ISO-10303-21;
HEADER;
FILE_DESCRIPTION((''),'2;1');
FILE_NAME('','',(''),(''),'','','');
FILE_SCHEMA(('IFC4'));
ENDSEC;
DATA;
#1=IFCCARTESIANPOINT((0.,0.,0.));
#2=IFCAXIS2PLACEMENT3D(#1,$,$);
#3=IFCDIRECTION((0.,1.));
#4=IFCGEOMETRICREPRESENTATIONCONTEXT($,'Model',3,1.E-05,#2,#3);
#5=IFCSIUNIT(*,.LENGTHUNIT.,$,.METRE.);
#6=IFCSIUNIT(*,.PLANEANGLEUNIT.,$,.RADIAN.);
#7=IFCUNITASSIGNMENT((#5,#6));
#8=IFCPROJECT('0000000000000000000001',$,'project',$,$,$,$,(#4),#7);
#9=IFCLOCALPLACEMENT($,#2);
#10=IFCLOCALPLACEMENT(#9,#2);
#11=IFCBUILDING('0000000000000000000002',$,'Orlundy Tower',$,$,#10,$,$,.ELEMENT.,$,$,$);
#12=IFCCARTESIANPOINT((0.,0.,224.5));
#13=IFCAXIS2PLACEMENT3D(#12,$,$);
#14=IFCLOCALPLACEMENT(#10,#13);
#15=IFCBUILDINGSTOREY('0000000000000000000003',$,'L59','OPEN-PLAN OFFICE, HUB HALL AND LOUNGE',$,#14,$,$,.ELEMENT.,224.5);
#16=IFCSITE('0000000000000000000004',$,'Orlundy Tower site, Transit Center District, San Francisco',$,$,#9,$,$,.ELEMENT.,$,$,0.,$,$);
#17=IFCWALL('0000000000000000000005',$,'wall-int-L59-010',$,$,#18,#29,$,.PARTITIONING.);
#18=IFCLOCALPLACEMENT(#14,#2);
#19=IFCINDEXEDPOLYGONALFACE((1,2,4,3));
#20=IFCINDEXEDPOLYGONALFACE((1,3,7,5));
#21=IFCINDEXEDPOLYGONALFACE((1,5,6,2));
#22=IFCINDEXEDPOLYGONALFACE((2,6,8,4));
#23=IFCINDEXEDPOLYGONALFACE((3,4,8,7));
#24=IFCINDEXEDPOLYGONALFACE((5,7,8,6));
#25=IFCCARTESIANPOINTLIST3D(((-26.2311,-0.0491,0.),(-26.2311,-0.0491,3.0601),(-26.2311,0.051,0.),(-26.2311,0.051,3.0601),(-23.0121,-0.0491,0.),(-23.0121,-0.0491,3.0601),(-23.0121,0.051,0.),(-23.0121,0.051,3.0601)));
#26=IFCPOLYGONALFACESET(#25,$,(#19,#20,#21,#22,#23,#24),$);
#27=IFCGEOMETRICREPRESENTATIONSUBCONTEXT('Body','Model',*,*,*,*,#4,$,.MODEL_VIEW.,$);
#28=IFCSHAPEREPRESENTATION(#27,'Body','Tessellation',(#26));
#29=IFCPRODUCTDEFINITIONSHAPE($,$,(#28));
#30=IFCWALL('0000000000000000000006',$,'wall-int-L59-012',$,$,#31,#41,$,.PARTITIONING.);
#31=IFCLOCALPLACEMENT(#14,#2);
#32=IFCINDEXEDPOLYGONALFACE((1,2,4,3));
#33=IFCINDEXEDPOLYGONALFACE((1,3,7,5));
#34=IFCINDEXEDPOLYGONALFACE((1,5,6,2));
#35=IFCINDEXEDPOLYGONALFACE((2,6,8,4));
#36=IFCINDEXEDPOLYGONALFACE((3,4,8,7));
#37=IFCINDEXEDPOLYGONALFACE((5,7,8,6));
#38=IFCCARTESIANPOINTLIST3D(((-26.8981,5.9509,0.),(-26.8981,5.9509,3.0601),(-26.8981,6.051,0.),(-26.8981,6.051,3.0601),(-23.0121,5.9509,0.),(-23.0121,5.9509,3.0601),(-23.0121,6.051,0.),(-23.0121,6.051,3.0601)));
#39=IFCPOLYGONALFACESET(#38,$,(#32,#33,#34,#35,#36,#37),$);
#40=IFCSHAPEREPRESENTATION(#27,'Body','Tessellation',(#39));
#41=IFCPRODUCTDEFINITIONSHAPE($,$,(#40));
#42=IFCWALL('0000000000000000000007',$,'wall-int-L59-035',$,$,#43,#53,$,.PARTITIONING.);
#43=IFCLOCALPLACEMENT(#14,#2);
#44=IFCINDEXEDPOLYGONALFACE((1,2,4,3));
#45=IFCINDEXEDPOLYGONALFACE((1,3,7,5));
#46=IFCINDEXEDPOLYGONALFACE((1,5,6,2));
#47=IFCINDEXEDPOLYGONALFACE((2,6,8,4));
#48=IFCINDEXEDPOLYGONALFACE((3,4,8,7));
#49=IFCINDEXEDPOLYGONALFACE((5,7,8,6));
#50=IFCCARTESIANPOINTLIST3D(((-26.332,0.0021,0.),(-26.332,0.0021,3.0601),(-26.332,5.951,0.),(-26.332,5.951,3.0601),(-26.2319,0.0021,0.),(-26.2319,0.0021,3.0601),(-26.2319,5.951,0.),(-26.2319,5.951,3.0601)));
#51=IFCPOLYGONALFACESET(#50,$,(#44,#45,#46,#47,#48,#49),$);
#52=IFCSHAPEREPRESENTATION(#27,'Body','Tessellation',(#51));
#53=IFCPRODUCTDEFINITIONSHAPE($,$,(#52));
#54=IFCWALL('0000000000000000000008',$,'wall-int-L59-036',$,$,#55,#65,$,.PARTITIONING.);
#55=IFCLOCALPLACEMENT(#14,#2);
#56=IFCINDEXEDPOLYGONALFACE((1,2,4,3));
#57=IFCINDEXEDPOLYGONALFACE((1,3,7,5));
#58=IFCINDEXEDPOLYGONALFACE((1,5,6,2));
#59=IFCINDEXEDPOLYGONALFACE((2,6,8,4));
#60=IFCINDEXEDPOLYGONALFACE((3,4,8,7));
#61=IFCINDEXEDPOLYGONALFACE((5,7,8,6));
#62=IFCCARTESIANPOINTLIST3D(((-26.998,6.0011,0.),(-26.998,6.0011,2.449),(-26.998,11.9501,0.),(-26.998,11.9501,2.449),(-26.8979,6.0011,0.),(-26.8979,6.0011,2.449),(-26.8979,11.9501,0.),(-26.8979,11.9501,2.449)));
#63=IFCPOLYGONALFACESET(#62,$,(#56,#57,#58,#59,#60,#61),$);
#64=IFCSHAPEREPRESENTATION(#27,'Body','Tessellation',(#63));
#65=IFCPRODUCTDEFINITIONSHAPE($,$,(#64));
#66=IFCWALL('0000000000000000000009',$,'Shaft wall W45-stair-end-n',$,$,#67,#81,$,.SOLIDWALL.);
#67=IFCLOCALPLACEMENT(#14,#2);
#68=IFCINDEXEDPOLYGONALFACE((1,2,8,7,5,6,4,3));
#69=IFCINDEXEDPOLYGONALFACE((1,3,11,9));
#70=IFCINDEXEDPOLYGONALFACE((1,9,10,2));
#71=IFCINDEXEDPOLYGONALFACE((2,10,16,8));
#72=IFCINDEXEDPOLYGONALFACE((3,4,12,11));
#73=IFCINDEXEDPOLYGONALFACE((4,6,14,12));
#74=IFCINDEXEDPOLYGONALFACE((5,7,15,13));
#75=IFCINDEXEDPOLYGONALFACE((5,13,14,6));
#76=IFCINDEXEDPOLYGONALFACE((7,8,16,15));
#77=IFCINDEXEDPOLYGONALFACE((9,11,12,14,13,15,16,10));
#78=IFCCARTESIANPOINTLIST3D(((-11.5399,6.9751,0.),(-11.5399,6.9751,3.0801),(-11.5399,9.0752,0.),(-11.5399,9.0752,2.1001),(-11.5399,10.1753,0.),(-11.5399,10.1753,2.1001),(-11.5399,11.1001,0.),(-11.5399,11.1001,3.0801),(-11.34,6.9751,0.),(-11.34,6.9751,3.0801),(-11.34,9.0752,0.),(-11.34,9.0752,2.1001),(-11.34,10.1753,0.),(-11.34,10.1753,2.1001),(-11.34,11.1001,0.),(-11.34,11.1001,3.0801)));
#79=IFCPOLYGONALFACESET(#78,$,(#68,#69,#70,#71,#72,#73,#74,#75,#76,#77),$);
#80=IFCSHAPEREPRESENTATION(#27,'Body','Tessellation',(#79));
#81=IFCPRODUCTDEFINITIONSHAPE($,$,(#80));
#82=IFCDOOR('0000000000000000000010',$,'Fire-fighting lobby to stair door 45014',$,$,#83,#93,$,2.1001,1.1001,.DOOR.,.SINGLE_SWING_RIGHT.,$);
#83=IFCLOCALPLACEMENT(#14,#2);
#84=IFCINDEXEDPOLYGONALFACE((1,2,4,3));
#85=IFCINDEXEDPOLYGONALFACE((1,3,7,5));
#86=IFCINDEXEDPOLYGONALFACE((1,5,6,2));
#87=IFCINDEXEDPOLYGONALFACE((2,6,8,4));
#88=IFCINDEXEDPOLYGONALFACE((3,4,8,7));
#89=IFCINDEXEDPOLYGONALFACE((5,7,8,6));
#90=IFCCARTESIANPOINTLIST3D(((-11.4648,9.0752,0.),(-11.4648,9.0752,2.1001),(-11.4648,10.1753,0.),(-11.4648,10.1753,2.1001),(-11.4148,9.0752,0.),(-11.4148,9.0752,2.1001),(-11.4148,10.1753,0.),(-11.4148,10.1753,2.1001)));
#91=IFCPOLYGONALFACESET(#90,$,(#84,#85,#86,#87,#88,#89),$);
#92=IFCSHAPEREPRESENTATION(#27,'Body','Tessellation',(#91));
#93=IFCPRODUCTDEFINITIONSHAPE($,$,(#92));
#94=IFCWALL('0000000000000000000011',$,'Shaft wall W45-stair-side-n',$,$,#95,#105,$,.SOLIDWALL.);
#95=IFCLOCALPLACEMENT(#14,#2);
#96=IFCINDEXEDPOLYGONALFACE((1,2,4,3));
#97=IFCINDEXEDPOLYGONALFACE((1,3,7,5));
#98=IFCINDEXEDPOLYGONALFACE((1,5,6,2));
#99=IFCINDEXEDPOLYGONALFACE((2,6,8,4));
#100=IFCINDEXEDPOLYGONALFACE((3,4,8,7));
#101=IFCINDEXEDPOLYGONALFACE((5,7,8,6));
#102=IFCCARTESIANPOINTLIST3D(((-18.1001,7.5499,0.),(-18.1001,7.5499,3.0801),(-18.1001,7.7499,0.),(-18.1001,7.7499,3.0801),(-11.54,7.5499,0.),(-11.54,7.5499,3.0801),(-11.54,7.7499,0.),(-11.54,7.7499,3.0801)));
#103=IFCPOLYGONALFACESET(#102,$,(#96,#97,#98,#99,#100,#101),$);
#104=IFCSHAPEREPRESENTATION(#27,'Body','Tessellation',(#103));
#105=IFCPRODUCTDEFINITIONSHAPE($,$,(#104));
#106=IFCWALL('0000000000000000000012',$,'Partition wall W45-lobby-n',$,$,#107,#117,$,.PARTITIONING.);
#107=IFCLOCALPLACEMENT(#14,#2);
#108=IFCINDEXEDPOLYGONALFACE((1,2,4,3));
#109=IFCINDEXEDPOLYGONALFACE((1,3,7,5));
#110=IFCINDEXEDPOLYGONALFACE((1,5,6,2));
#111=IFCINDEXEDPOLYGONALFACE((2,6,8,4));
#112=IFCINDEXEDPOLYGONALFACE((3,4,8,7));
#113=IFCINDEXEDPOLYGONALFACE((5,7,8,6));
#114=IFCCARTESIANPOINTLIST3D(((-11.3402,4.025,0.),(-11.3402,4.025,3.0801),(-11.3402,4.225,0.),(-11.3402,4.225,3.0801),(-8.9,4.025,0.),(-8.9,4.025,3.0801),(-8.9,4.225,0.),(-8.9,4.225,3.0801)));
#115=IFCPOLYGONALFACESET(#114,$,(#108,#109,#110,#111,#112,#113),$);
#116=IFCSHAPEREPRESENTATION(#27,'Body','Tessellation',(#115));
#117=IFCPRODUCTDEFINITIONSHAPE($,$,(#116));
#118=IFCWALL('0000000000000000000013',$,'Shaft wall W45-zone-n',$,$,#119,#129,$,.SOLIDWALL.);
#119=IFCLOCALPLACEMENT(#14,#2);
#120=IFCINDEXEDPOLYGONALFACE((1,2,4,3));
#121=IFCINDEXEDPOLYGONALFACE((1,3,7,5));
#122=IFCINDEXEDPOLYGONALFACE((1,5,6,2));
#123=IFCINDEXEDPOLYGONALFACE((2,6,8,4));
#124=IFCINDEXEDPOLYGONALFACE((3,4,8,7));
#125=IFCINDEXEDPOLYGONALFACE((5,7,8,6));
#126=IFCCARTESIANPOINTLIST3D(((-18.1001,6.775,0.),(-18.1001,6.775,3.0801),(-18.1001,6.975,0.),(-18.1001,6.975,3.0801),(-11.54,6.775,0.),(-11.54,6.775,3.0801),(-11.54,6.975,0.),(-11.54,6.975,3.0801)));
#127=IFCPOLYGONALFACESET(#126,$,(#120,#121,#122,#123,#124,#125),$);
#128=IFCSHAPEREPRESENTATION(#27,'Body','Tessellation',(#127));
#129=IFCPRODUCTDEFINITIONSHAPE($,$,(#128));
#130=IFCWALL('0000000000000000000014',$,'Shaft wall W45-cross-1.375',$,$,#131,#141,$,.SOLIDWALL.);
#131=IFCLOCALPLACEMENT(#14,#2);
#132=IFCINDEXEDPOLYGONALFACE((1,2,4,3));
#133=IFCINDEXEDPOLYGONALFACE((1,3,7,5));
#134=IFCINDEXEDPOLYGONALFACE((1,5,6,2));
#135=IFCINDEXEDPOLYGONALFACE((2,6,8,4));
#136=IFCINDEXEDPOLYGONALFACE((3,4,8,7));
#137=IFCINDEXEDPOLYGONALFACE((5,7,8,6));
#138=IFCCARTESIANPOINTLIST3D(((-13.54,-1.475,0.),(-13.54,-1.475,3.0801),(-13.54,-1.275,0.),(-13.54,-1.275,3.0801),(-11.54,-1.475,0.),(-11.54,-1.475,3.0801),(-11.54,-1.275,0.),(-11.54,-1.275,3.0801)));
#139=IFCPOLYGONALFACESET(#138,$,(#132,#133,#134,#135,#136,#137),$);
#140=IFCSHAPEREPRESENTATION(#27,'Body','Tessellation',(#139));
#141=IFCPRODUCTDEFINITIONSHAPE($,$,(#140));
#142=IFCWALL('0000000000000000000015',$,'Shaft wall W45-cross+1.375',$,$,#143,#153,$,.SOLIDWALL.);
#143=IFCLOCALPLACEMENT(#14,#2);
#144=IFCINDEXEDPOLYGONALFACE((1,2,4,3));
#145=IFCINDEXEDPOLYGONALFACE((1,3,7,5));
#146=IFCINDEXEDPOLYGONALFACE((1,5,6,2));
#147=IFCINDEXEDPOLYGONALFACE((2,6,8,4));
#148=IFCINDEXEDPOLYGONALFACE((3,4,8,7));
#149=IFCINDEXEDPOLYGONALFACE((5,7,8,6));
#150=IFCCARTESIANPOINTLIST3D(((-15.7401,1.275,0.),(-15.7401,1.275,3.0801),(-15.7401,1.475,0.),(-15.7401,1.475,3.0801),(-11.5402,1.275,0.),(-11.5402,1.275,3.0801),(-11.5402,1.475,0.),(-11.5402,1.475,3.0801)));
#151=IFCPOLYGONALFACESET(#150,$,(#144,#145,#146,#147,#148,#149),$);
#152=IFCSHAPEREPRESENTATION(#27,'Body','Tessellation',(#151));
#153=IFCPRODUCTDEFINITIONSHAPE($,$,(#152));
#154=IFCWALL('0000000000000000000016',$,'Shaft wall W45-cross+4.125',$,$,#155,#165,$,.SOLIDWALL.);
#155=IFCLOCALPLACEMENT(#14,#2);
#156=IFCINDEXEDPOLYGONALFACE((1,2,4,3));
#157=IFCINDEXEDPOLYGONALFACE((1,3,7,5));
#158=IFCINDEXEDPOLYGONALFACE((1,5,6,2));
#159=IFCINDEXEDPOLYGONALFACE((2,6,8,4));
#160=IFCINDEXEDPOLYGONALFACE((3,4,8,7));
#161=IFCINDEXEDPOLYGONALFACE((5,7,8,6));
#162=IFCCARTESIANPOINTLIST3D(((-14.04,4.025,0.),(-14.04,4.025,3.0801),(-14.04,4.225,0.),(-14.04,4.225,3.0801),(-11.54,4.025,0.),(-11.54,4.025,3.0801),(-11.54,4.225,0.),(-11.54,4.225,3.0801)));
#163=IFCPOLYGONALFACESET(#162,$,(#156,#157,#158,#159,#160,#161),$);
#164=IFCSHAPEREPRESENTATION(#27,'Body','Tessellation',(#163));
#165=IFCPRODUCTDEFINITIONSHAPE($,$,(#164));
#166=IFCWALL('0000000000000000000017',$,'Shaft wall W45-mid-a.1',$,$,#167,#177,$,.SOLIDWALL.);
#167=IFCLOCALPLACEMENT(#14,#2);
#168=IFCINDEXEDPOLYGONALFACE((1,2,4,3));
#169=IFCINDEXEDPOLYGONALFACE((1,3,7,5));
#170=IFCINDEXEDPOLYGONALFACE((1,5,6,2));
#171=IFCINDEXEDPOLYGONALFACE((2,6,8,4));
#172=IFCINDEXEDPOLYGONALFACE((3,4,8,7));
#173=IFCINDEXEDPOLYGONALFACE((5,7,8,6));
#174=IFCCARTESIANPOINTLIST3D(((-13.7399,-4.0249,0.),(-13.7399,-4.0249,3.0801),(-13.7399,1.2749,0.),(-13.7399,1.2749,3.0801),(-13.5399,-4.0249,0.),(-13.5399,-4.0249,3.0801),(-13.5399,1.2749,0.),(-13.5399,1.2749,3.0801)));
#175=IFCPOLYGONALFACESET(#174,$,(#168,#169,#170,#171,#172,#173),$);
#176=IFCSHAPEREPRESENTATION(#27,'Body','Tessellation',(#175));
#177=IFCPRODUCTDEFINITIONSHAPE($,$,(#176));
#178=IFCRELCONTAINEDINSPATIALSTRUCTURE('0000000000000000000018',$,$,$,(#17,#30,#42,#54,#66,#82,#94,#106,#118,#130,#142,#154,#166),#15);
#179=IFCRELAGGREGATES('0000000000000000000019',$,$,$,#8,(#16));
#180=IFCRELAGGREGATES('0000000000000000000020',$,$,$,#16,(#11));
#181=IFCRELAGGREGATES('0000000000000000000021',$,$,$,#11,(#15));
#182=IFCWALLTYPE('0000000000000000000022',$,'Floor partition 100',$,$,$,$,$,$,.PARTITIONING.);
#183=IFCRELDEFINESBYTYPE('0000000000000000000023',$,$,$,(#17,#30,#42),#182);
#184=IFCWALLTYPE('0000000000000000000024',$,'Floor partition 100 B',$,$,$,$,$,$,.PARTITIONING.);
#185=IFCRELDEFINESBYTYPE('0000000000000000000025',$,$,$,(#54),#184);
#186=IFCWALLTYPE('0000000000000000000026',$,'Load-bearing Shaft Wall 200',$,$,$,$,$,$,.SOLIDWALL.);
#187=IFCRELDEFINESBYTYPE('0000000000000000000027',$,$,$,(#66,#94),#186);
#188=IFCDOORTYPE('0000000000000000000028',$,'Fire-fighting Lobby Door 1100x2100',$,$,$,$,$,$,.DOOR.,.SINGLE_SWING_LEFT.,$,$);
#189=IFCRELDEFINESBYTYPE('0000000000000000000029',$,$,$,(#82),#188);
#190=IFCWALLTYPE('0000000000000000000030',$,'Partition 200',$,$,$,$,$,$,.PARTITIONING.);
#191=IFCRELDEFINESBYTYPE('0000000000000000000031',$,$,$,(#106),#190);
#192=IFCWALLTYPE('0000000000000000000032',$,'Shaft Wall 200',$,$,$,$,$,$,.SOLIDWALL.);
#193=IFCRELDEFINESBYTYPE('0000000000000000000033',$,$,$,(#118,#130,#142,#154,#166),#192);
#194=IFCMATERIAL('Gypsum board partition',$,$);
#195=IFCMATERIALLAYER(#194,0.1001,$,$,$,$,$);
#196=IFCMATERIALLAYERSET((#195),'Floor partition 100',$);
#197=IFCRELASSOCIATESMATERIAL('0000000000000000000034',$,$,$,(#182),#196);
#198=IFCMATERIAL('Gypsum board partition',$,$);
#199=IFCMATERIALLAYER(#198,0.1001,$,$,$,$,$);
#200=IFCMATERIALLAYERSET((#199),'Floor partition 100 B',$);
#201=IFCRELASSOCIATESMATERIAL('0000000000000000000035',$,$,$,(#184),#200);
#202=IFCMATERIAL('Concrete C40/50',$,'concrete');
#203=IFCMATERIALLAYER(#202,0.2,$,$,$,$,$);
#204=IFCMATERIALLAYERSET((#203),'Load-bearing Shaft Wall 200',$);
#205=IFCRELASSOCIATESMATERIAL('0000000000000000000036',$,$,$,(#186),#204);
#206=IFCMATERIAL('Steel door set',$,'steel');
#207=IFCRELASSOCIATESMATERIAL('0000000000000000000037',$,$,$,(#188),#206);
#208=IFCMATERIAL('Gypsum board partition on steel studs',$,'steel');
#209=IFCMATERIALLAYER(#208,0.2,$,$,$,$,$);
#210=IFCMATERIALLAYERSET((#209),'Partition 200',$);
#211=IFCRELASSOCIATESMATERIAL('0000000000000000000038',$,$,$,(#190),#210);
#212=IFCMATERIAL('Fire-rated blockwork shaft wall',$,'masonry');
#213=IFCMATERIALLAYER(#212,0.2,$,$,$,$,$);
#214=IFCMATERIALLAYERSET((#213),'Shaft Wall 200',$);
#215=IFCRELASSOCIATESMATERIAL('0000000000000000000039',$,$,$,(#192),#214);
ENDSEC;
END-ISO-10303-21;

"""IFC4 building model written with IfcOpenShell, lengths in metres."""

from ifc_helpers import new_model, si_unit, direction, frame, frame_2d, origin, place, context, subcontext, project, spatial, rectangle, extrude, material, layer, layer_set, type_object, element, fill, save


model = new_model("IFC4")

# Units and contexts
model_context = context("Model", 3, precision=1e-05, world=origin(), true_north=direction((0.0, 1.0)))
body_context = subcontext(model_context, "Body", "Model", "MODEL_VIEW")
ifc_project = project(units=[si_unit("LENGTHUNIT", "METRE"), si_unit("PLANEANGLEUNIT", "RADIAN")], contexts=[model_context])

# Site, building, storey
site_placement = place(None, origin())
site = spatial("IfcSite", under=ifc_project, at=site_placement, Name="Orlundy Tower site, Transit Center District, San Francisco", CompositionType="ELEMENT", RefElevation=0.0)
building_placement = place(site_placement, origin())
building = spatial("IfcBuilding", under=site, at=building_placement, Name="Orlundy Tower", CompositionType="ELEMENT")
storey_placement = place(building_placement, frame((0.0, 0.0, 224.5)))
storey = spatial("IfcBuildingStorey", under=building, at=storey_placement, Name="L59", Description="OPEN-PLAN OFFICE, HUB HALL AND LOUNGE", CompositionType="ELEMENT", Elevation=224.5)

# Walls
ifc_material_1 = material(Name="Gypsum board partition")
ifc_layer_1 = layer(ifc_material_1, 0.1001)
ifc_layer_set_1 = layer_set([ifc_layer_1], Name="Floor partition 100")
wall_type_1 = type_object("IfcWallType", Name="Floor partition 100", PredefinedType="PARTITIONING", material=ifc_layer_set_1)
wall_1_placement = place(storey_placement, frame((-26.231, 0.001, 0.0), z_axis=(0.0, 0.0, 1.0), x_axis=(1.0, 0.0, 0.0)))
element("IfcWall", 1, at=wall_1_placement, inside=storey, type_object=wall_type_1, Name="wall-int-L59-010", PredefinedType="PARTITIONING", context=body_context, shape_type="SweptSolid", body=[
    extrude(rectangle(XDim=3.219, YDim=0.1001, at=frame_2d((1.6094, 0.0))), origin(), (0.0, 0.0, 1.0), 3.0601),
])
wall_2_placement = place(storey_placement, frame((-26.8979, 6.001, 0.0), z_axis=(0.0, 0.0, 1.0), x_axis=(1.0, 0.0, 0.0)))
element("IfcWall", 2, at=wall_2_placement, inside=storey, type_object=wall_type_1, Name="wall-int-L59-012", PredefinedType="PARTITIONING", context=body_context, shape_type="SweptSolid", body=[
    extrude(rectangle(XDim=3.886, YDim=0.1001, at=frame_2d((1.9429, 0.0))), origin(), (0.0, 0.0, 1.0), 3.0601),
])
wall_3_placement = place(storey_placement, frame((-26.282, 0.002, 0.0), z_axis=(0.0, 0.0, 1.0), x_axis=(0.0, 1.0, 0.0)))
element("IfcWall", 3, at=wall_3_placement, inside=storey, type_object=wall_type_1, Name="wall-int-L59-035", PredefinedType="PARTITIONING", context=body_context, shape_type="SweptSolid", body=[
    extrude(rectangle(XDim=5.949, YDim=0.1001, at=frame_2d((2.9746, 0.0))), origin(), (0.0, 0.0, 1.0), 3.0601),
])
ifc_material_2 = material(Name="Gypsum board partition")
ifc_layer_2 = layer(ifc_material_2, 0.1001)
ifc_layer_set_2 = layer_set([ifc_layer_2], Name="Floor partition 100 B")
wall_type_2 = type_object("IfcWallType", Name="Floor partition 100 B", PredefinedType="PARTITIONING", material=ifc_layer_set_2)
wall_4_placement = place(storey_placement, frame((-26.948, 6.001, 0.0), z_axis=(0.0, 0.0, 1.0), x_axis=(0.0, 1.0, 0.0)))
element("IfcWall", 4, at=wall_4_placement, inside=storey, type_object=wall_type_2, Name="wall-int-L59-036", PredefinedType="PARTITIONING", context=body_context, shape_type="SweptSolid", body=[
    extrude(rectangle(XDim=5.949, YDim=0.1001, at=frame_2d((2.9746, 0.0))), origin(), (0.0, 0.0, 1.0), 2.449),
])

# Wall, opening, door
ifc_material_3 = material(Name="Concrete C40/50", Category="concrete")
ifc_layer_3 = layer(ifc_material_3, 0.2)
ifc_layer_set_3 = layer_set([ifc_layer_3], Name="Load-bearing Shaft Wall 200")
wall_type_3 = type_object("IfcWallType", Name="Load-bearing Shaft Wall 200", PredefinedType="SOLIDWALL", material=ifc_layer_set_3)
wall_5_placement = place(storey_placement, frame((-11.4399, 6.9751, 0.0), z_axis=(0.0, 0.0, 1.0), x_axis=(0.0, 1.0, 0.0)))
wall_5 = element("IfcWall", 5, at=wall_5_placement, inside=storey, type_object=wall_type_3, Name="Shaft wall W45-stair-end-n", PredefinedType="SOLIDWALL", context=body_context, shape_type="SweptSolid", body=[
    extrude(rectangle(XDim=4.125, YDim=0.2, at=frame_2d((2.0625, 0.0))), origin(), (0.0, 0.0, 1.0), 3.0801),
])
opening_placement = place(wall_5_placement, frame((2.1001, 0.0, 0.0)))
opening = element("IfcOpeningElement", 6, at=opening_placement, cuts=wall_5, PredefinedType="OPENING", context=body_context, shape_type="SweptSolid", body=[
    extrude(rectangle(XDim=1.1001, YDim=2.1001, at=frame_2d((0.55, 1.05))), frame((0.0, 0.1101, 0.0), z_axis=(0.0, -1.0, 0.0), x_axis=(1.0, 0.0, 0.0)), (0.0, 0.0, 1.0), 0.2202),
])
ifc_material_4 = material(Name="Steel door set", Category="steel")
door_type = type_object("IfcDoorType", Name="Fire-fighting Lobby Door 1100x2100", OperationType="SINGLE_SWING_LEFT", PredefinedType="DOOR", material=ifc_material_4)
door_placement = place(opening_placement, origin())
door = element("IfcDoor", 7, at=door_placement, inside=storey, type_object=door_type, Name="Fire-fighting lobby to stair door 45014", OperationType="SINGLE_SWING_RIGHT", OverallHeight=2.1001, OverallWidth=1.1001, PredefinedType="DOOR", context=body_context, shape_type="SweptSolid", body=[
    extrude(rectangle(XDim=1.1001, YDim=2.1001, at=frame_2d((0.55, 1.05))), frame((0.0, 0.0249, 0.0), z_axis=(0.0, -1.0, 0.0), x_axis=(1.0, 0.0, 0.0)), (0.0, 0.0, 1.0), 0.05),
])
fill(opening, door)

# Walls
wall_6_placement = place(storey_placement, frame((-11.54, 7.6499, 0.0), z_axis=(0.0, 0.0, 1.0), x_axis=(-1.0, 0.0, 0.0)))
element("IfcWall", 8, at=wall_6_placement, inside=storey, type_object=wall_type_3, Name="Shaft wall W45-stair-side-n", PredefinedType="SOLIDWALL", context=body_context, shape_type="SweptSolid", body=[
    extrude(rectangle(XDim=6.5601, YDim=0.2, at=frame_2d((3.28, 0.0))), origin(), (0.0, 0.0, 1.0), 3.0801),
])
ifc_material_5 = material(Name="Gypsum board partition on steel studs", Category="steel")
ifc_layer_4 = layer(ifc_material_5, 0.2)
ifc_layer_set_4 = layer_set([ifc_layer_4], Name="Partition 200")
wall_type_4 = type_object("IfcWallType", Name="Partition 200", PredefinedType="PARTITIONING", material=ifc_layer_set_4)
wall_7_placement = place(storey_placement, frame((-8.8999, 4.125, 0.0), z_axis=(0.0, 0.0, 1.0), x_axis=(-1.0, 0.0, 0.0)))
element("IfcWall", 9, at=wall_7_placement, inside=storey, type_object=wall_type_4, Name="Partition wall W45-lobby-n", PredefinedType="PARTITIONING", context=body_context, shape_type="SweptSolid", body=[
    extrude(rectangle(XDim=2.4402, YDim=0.2, at=frame_2d((1.2202, 0.0))), origin(), (0.0, 0.0, 1.0), 3.0801),
])
ifc_material_6 = material(Name="Fire-rated blockwork shaft wall", Category="masonry")
ifc_layer_5 = layer(ifc_material_6, 0.2)
ifc_layer_set_5 = layer_set([ifc_layer_5], Name="Shaft Wall 200")
wall_type_5 = type_object("IfcWallType", Name="Shaft Wall 200", PredefinedType="SOLIDWALL", material=ifc_layer_set_5)
wall_8_placement = place(storey_placement, frame((-11.54, 6.875, 0.0), z_axis=(0.0, 0.0, 1.0), x_axis=(-1.0, 0.0, 0.0)))
element("IfcWall", 10, at=wall_8_placement, inside=storey, type_object=wall_type_5, Name="Shaft wall W45-zone-n", PredefinedType="SOLIDWALL", context=body_context, shape_type="SweptSolid", body=[
    extrude(rectangle(XDim=6.5601, YDim=0.2, at=frame_2d((3.28, 0.0))), origin(), (0.0, 0.0, 1.0), 3.0801),
])
wall_9_placement = place(storey_placement, frame((-11.54, -1.375, 0.0), z_axis=(0.0, 0.0, 1.0), x_axis=(-1.0, 0.0, 0.0)))
element("IfcWall", 11, at=wall_9_placement, inside=storey, type_object=wall_type_5, Name="Shaft wall W45-cross-1.375", PredefinedType="SOLIDWALL", context=body_context, shape_type="SweptSolid", body=[
    extrude(rectangle(XDim=2.0, YDim=0.2, at=frame_2d((1.0, 0.0))), origin(), (0.0, 0.0, 1.0), 3.0801),
])
wall_10_placement = place(storey_placement, frame((-11.54, 1.375, 0.0), z_axis=(0.0, 0.0, 1.0), x_axis=(-1.0, 0.0, 0.0)))
element("IfcWall", 12, at=wall_10_placement, inside=storey, type_object=wall_type_5, Name="Shaft wall W45-cross+1.375", PredefinedType="SOLIDWALL", context=body_context, shape_type="SweptSolid", body=[
    extrude(rectangle(XDim=4.2, YDim=0.2, at=frame_2d((2.1001, 0.0))), origin(), (0.0, 0.0, 1.0), 3.0801),
])
wall_11_placement = place(storey_placement, frame((-11.54, 4.125, 0.0), z_axis=(0.0, 0.0, 1.0), x_axis=(-1.0, 0.0, 0.0)))
element("IfcWall", 13, at=wall_11_placement, inside=storey, type_object=wall_type_5, Name="Shaft wall W45-cross+4.125", PredefinedType="SOLIDWALL", context=body_context, shape_type="SweptSolid", body=[
    extrude(rectangle(XDim=2.5, YDim=0.2, at=frame_2d((1.25, 0.0))), origin(), (0.0, 0.0, 1.0), 3.0801),
])
wall_12_placement = place(storey_placement, frame((-13.6399, -4.0249, 0.0), z_axis=(0.0, 0.0, 1.0), x_axis=(0.0, 1.0, 0.0)))
element("IfcWall", 14, at=wall_12_placement, inside=storey, type_object=wall_type_5, Name="Shaft wall W45-mid-a.1", PredefinedType="SOLIDWALL", context=body_context, shape_type="SweptSolid", body=[
    extrude(rectangle(XDim=5.2998, YDim=0.2, at=frame_2d((2.6499, 0.0))), origin(), (0.0, 0.0, 1.0), 3.0801),
])

save(model, "model.ifc")
